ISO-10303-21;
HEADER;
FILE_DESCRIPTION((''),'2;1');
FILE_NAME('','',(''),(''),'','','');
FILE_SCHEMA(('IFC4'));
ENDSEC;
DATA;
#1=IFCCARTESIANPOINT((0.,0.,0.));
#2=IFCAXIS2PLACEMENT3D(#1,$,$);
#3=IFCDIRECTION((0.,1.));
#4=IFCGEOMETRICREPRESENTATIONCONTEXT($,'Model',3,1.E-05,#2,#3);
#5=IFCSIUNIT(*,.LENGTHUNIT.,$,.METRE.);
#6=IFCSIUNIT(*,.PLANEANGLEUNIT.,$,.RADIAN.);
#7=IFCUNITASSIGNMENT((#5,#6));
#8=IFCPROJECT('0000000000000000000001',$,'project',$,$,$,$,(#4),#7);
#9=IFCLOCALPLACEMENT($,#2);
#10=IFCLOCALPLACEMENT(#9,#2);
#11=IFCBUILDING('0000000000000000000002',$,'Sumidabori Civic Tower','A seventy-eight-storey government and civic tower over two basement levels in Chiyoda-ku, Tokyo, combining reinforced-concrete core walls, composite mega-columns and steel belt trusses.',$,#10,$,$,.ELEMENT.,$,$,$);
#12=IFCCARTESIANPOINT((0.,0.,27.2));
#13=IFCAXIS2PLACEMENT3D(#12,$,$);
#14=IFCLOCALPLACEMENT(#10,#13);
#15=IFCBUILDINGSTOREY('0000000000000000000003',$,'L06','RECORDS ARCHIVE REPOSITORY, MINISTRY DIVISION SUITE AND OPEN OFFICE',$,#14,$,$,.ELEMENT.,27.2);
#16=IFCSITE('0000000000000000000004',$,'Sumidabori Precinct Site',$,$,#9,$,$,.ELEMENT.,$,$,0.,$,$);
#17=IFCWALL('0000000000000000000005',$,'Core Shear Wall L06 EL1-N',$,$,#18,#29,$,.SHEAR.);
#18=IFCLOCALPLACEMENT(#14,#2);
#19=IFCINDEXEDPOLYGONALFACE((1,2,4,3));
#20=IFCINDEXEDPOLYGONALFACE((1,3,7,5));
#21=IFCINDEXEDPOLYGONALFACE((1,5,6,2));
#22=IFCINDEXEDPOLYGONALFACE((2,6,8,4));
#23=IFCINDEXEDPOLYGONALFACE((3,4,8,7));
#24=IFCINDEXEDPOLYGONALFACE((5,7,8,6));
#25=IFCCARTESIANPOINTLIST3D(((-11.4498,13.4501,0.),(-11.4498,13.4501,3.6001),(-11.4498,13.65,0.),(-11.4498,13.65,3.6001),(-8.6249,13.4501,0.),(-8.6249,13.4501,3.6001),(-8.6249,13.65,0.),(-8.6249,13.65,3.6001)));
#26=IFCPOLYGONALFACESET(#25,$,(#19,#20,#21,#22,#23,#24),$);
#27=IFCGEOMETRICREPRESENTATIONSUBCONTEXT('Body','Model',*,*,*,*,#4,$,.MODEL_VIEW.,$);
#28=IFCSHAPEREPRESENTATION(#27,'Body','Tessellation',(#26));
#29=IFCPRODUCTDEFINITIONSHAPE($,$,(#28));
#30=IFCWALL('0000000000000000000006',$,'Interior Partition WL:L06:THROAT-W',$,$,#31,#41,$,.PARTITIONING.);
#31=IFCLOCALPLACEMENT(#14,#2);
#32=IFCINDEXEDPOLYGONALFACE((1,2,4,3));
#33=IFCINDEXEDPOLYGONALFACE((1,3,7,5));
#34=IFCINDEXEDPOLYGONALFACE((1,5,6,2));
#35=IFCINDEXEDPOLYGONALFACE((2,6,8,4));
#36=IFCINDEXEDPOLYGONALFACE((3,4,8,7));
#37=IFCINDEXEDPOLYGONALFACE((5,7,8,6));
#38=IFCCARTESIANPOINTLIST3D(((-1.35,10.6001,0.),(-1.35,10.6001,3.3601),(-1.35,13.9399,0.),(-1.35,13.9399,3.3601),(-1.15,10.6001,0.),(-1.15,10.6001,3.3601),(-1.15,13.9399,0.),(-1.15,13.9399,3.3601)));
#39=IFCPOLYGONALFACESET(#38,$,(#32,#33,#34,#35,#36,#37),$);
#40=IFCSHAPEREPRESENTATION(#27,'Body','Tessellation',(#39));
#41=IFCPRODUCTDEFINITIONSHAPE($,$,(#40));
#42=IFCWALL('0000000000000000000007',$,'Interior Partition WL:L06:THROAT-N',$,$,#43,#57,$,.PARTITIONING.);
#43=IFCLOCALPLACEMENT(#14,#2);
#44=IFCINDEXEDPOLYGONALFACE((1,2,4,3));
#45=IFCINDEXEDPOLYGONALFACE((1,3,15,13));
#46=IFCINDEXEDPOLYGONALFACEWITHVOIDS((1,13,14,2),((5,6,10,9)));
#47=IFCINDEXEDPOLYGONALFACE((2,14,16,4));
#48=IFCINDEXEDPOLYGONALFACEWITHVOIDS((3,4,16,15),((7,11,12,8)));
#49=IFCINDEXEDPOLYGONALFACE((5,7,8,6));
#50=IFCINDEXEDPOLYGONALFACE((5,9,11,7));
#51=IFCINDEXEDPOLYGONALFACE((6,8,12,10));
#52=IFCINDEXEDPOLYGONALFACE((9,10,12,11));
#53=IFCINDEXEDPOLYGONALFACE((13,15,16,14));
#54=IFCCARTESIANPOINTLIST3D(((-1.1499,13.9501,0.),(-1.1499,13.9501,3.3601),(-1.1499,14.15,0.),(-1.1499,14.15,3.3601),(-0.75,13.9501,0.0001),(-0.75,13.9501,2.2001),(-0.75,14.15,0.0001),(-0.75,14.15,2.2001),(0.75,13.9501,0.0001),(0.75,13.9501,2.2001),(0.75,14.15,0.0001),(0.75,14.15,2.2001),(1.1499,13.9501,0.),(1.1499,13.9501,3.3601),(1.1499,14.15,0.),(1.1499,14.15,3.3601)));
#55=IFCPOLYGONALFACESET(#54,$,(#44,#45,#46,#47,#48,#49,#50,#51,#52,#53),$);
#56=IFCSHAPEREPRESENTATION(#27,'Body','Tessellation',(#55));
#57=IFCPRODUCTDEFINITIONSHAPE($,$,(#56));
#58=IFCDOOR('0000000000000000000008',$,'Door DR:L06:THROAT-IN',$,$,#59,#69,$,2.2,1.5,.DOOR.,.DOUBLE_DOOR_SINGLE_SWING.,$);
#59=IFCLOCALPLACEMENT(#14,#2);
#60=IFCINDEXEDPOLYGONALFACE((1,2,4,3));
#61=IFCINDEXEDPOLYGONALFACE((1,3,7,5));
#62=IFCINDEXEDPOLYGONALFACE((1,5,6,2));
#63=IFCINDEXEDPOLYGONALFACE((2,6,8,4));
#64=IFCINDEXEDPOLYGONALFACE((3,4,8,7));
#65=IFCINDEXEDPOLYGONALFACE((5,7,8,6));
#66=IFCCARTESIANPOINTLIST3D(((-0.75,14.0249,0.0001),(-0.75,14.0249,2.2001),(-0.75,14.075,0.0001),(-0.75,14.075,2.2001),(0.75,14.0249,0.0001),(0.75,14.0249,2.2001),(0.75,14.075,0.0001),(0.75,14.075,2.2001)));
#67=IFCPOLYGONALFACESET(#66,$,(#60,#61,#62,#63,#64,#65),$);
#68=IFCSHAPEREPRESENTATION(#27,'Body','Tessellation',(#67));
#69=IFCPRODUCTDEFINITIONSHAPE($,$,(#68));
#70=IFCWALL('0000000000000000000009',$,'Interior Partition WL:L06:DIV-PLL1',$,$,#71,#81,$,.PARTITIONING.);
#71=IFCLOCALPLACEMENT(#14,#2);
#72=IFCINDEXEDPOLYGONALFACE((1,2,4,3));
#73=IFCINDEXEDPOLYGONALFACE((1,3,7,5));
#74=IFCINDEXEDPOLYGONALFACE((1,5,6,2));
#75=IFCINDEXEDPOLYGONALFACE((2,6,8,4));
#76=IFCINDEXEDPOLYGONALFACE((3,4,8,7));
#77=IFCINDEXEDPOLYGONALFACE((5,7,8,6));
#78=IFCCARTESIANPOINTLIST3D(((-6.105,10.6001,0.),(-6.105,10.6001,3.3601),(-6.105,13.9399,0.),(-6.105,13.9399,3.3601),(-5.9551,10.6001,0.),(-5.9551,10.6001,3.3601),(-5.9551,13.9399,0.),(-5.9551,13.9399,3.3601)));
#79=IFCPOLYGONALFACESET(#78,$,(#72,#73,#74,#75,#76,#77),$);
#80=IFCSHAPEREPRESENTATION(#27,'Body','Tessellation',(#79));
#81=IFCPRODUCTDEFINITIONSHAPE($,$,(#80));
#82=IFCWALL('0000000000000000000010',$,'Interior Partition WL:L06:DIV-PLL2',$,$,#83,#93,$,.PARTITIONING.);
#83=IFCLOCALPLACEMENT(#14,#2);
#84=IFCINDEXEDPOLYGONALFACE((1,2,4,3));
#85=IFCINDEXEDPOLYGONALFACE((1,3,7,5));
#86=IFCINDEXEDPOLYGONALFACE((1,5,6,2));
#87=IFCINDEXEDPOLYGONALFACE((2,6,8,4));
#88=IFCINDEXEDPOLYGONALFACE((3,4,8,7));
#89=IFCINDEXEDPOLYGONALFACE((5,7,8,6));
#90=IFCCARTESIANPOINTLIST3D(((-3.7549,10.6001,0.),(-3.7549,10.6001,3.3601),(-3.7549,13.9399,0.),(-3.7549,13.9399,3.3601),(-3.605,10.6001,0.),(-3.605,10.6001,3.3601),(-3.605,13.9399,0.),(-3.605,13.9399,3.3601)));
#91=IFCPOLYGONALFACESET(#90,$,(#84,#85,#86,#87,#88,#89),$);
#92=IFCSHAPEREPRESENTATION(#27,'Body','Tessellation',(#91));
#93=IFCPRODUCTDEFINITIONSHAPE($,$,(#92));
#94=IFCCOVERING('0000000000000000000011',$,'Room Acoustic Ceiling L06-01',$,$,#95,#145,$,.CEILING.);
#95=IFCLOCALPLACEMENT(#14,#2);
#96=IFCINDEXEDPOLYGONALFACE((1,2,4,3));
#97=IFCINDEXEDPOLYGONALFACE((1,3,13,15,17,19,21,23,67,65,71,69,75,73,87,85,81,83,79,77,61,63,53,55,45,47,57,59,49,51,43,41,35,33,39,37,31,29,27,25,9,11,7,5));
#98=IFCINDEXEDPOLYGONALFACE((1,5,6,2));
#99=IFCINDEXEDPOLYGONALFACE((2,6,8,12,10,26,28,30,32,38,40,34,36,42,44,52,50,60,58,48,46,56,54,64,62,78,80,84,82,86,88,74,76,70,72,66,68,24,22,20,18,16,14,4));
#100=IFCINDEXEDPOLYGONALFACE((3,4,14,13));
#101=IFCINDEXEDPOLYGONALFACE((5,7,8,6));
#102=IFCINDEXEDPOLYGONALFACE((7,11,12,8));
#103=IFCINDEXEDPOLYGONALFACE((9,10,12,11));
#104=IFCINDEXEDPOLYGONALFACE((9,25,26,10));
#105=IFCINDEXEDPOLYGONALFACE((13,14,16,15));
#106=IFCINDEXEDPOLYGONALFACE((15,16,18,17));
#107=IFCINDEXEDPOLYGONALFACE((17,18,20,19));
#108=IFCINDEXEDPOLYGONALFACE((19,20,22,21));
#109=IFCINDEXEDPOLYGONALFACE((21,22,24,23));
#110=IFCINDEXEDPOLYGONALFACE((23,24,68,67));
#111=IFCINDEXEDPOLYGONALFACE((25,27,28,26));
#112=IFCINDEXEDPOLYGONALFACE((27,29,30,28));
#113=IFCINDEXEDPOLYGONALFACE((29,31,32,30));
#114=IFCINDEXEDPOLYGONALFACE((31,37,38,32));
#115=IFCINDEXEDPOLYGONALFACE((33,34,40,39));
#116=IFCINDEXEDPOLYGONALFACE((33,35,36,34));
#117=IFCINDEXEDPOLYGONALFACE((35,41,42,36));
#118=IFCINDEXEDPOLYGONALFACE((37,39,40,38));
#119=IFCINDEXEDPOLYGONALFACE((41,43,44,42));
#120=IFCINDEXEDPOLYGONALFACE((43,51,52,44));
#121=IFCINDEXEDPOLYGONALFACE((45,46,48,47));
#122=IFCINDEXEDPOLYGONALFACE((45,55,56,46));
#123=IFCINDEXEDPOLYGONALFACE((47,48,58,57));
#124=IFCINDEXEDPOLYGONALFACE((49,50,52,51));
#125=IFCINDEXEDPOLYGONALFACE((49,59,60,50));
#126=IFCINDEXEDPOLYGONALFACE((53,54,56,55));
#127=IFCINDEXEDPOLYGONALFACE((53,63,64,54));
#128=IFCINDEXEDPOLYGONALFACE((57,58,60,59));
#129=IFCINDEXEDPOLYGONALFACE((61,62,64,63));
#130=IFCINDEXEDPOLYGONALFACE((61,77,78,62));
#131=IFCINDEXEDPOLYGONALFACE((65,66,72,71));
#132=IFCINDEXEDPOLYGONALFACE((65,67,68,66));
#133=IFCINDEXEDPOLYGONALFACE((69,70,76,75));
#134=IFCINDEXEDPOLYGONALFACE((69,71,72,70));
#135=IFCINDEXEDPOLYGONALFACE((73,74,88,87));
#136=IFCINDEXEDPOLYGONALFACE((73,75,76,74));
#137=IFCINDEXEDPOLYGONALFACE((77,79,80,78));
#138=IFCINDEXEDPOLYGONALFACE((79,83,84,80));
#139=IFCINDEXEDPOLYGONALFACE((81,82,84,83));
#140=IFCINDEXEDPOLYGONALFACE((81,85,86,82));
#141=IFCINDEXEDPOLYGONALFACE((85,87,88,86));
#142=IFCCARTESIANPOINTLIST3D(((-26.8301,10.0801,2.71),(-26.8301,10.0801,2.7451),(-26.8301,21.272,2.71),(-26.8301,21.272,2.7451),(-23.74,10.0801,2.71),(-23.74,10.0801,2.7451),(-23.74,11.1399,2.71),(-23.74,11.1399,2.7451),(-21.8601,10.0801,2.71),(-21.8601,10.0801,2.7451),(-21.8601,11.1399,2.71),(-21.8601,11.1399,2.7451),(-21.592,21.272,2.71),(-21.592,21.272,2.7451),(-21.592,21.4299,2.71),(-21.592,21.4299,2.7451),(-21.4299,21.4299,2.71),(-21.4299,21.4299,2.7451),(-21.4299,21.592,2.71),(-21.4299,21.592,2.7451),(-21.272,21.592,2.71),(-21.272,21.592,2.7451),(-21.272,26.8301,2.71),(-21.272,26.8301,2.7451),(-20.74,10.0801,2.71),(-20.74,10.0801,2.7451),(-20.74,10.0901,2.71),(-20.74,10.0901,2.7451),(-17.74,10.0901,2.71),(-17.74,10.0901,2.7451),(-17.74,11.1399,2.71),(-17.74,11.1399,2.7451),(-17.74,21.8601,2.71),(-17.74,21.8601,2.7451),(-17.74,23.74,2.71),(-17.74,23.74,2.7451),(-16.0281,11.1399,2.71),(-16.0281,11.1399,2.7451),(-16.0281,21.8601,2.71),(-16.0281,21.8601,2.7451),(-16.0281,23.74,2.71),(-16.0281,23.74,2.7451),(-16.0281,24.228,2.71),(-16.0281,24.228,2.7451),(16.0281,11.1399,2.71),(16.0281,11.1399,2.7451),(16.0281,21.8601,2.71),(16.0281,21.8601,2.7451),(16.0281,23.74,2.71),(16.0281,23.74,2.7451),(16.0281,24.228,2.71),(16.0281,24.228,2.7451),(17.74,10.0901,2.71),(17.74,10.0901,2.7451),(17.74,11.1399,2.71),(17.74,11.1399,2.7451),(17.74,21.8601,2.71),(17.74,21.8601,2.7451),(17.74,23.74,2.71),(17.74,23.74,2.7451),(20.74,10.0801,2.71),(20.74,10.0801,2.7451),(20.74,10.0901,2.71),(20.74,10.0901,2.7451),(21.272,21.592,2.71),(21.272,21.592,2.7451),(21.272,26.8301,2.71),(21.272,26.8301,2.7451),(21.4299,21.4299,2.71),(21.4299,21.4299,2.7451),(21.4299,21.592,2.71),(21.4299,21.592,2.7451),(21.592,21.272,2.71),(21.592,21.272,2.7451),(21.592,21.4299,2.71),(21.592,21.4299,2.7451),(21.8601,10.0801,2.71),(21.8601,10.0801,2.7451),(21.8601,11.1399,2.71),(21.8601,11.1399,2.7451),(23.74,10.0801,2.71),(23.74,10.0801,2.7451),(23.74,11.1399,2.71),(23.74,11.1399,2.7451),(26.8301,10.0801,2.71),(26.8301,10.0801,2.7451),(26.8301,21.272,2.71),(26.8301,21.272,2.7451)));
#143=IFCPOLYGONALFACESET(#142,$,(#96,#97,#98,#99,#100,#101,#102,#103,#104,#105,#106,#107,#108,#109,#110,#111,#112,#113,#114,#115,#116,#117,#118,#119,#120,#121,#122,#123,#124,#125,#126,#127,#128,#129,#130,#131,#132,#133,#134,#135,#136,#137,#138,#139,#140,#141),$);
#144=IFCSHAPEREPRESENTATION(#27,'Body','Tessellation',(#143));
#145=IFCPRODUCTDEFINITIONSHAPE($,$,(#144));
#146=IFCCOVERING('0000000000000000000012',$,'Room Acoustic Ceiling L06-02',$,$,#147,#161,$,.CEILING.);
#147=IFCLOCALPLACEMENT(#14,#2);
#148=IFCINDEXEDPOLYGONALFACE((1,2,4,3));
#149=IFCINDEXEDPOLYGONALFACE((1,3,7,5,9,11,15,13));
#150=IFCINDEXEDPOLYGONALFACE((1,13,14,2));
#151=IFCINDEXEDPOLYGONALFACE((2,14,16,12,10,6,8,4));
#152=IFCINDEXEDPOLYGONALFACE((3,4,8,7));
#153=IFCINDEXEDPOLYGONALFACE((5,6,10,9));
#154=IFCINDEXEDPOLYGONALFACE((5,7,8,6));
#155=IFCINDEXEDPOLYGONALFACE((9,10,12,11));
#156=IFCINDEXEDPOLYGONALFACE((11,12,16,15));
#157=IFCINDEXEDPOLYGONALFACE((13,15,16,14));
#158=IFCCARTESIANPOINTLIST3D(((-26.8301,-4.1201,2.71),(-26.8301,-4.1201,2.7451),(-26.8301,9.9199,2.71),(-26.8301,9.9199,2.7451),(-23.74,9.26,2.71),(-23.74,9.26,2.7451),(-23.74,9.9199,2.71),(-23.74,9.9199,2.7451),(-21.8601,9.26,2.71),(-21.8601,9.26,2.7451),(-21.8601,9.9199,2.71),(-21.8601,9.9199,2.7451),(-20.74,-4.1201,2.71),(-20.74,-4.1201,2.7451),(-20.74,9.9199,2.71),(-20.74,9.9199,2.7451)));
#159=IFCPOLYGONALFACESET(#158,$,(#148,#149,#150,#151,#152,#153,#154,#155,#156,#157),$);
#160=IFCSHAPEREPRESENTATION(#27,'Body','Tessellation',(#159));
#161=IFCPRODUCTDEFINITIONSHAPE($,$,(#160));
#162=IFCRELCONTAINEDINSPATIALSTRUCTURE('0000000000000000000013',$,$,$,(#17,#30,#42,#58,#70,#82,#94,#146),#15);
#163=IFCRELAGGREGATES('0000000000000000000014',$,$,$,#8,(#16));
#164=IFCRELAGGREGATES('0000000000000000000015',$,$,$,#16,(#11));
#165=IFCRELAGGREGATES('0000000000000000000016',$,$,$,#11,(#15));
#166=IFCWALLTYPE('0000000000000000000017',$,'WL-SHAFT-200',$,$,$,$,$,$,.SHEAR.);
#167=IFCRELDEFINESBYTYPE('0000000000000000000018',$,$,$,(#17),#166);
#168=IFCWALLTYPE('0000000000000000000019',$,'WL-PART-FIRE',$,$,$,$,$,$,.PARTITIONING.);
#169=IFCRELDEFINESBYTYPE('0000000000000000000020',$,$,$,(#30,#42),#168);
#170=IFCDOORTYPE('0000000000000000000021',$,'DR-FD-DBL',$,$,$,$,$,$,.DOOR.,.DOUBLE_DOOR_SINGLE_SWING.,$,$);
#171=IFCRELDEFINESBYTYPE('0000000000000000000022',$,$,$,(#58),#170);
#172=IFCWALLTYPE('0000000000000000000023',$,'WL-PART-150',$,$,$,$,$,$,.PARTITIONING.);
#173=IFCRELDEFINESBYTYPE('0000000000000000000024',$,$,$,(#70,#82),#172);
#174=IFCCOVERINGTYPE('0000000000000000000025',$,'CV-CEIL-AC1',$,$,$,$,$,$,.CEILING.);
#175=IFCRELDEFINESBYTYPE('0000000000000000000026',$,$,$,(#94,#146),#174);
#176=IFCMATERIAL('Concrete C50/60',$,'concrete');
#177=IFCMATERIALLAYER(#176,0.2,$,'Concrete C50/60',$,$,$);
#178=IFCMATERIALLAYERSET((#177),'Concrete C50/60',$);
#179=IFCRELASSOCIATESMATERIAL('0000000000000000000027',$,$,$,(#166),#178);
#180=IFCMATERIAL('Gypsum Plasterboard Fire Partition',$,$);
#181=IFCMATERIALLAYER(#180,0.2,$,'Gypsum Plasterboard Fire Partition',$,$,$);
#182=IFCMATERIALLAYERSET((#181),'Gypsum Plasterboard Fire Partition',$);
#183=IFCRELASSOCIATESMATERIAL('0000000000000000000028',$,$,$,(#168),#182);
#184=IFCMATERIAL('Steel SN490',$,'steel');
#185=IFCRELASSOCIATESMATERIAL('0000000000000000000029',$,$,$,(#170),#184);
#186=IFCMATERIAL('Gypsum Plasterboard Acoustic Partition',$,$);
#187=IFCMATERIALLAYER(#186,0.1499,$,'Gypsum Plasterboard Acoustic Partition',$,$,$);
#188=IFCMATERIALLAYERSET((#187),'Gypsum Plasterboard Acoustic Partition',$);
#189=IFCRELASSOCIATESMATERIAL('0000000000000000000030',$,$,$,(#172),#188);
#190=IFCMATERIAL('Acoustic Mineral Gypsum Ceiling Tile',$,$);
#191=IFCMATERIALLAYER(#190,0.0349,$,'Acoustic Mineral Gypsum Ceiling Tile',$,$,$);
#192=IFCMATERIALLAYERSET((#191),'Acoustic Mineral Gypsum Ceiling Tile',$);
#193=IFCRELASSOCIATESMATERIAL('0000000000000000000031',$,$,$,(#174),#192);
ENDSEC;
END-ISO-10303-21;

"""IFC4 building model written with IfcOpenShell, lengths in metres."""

from ifc_helpers import new_model, si_unit, direction, frame, frame_2d, origin, place, context, subcontext, project, spatial, polyline, rectangle, outline, extrude, source, transform, mapped, material, layer, layer_set, type_object, element, fill, save


model = new_model("IFC4")

# Units and contexts
model_context = context("Model", 3, precision=1e-05, world=origin(), true_north=direction((0.0, 1.0)))
body_context = subcontext(model_context, "Body", "Model", "MODEL_VIEW")
ifc_project = project(units=[si_unit("LENGTHUNIT", "METRE"), si_unit("PLANEANGLEUNIT", "RADIAN")], contexts=[model_context])

# Site, building, storey
site_placement = place(None, origin())
site = spatial("IfcSite", under=ifc_project, at=site_placement, Name="Sumidabori Precinct Site", CompositionType="ELEMENT", RefElevation=0.0)
building_placement = place(site_placement, origin())
building = spatial("IfcBuilding", under=site, at=building_placement, Name="Sumidabori Civic Tower", Description="A seventy-eight-storey government and civic tower over two basement levels in Chiyoda-ku, Tokyo, combining reinforced-concrete core walls, composite mega-columns and steel belt trusses.", CompositionType="ELEMENT")
storey_placement = place(building_placement, frame((0.0, 0.0, 27.2)))
storey = spatial("IfcBuildingStorey", under=building, at=storey_placement, Name="L06", Description="RECORDS ARCHIVE REPOSITORY, MINISTRY DIVISION SUITE AND OPEN OFFICE", CompositionType="ELEMENT", Elevation=27.2)

# Shared definitions
ifc_material_1 = material(Name="Concrete C50/60", Category="concrete")

# Shared definitions
ifc_material_2 = material(Name="Steel SN490", Category="steel")

# Shared definitions
ifc_layer_1 = layer(ifc_material_1, 0.2, Name="Concrete C50/60")
ifc_layer_set_1 = layer_set([ifc_layer_1], Name="Concrete C50/60")
wall_type_1 = type_object("IfcWallType", Name="WL-SHAFT-200", PredefinedType="SHEAR", material=ifc_layer_set_1)

# Wall
shared_shape_1 = source(origin(), body_context, "Body", "SweptSolid", [
    extrude(rectangle(XDim=2.825, YDim=0.2, at=frame_2d((1.4126, 0.0))), origin(), (0.0, 0.0, 1.0), 3.6001),
])
wall_1_placement = place(storey_placement, frame((-11.45, 13.55, 0.0), z_axis=(0.0, 0.0, 1.0), x_axis=(1.0, 0.0, 0.0)))
element("IfcWall", 1, at=wall_1_placement, inside=storey, type_object=wall_type_1, Name="Core Shear Wall L06 EL1-N", PredefinedType="SHEAR", context=body_context, shape_type="MappedRepresentation", body=[
    mapped(shared_shape_1, transform((0.0, 0.0, 0.0), x_axis=(1.0, 0.0, 0.0), y_axis=(0.0, 1.0, 0.0), z_axis=(0.0, 0.0, 1.0), scale=1.0)),
])

# Shared definitions
ifc_material_3 = material(Name="Gypsum Plasterboard Fire Partition")
ifc_layer_2 = layer(ifc_material_3, 0.2, Name="Gypsum Plasterboard Fire Partition")
ifc_layer_set_2 = layer_set([ifc_layer_2], Name="Gypsum Plasterboard Fire Partition")
wall_type_2 = type_object("IfcWallType", Name="WL-PART-FIRE", PredefinedType="PARTITIONING", material=ifc_layer_set_2)

# Wall
shared_shape_2 = source(origin(), body_context, "Body", "SweptSolid", [
    extrude(rectangle(XDim=3.3398, YDim=0.2, at=frame_2d((1.6699, 0.0))), origin(), (0.0, 0.0, 1.0), 3.3601),
])
wall_2_placement = place(storey_placement, frame((-1.25, 10.6001, 0.0), z_axis=(0.0, 0.0, 1.0), x_axis=(0.0, 1.0, 0.0)))
element("IfcWall", 2, at=wall_2_placement, inside=storey, type_object=wall_type_2, Name="Interior Partition WL:L06:THROAT-W", PredefinedType="PARTITIONING", context=body_context, shape_type="MappedRepresentation", body=[
    mapped(shared_shape_2, transform((0.0, 0.0, 0.0), x_axis=(1.0, 0.0, 0.0), y_axis=(0.0, 1.0, 0.0), z_axis=(0.0, 0.0, 1.0), scale=1.0)),
])

# Wall, opening, door
shared_shape_3 = source(origin(), body_context, "Body", "SweptSolid", [
    extrude(rectangle(XDim=2.2998, YDim=0.2, at=frame_2d((1.1499, 0.0))), origin(), (0.0, 0.0, 1.0), 3.3601),
])
wall_3_placement = place(storey_placement, frame((-1.1499, 14.05, 0.0), z_axis=(0.0, 0.0, 1.0), x_axis=(1.0, 0.0, 0.0)))
wall_3 = element("IfcWall", 3, at=wall_3_placement, inside=storey, type_object=wall_type_2, Name="Interior Partition WL:L06:THROAT-N", PredefinedType="PARTITIONING", context=body_context, shape_type="MappedRepresentation", body=[
    mapped(shared_shape_3, transform((0.0, 0.0, 0.0), x_axis=(1.0, 0.0, 0.0), y_axis=(0.0, 1.0, 0.0), z_axis=(0.0, 0.0, 1.0), scale=1.0)),
])
opening_1_placement = place(wall_3_placement, frame((0.3999, 0.0, 0.0)))
opening_1 = element("IfcOpeningElement", 4, at=opening_1_placement, cuts=wall_3, PredefinedType="OPENING", context=body_context, shape_type="SweptSolid", body=[
    extrude(rectangle(XDim=1.5, YDim=2.2, at=frame_2d((0.75, 1.1001))), frame((0.0, 0.1118, 0.0), z_axis=(0.0, -1.0, 0.0), x_axis=(1.0, 0.0, 0.0)), (0.0, 0.0, 1.0), 0.2239),
])
door_type_1 = type_object("IfcDoorType", Name="DR-FD-DBL", OperationType="DOUBLE_DOOR_SINGLE_SWING", PredefinedType="DOOR", material=ifc_material_2)
shared_shape_4 = source(origin(), body_context, "Body", "SweptSolid", [
    extrude(rectangle(XDim=1.5, YDim=2.2, at=frame_2d((0.75, 1.1001))), frame((0.0, 0.0249, 0.0), z_axis=(0.0, -1.0, 0.0), x_axis=(1.0, 0.0, 0.0)), (0.0, 0.0, 1.0), 0.05),
])
door_1_placement = place(opening_1_placement, origin())
door_1 = element("IfcDoor", 5, at=door_1_placement, inside=storey, type_object=door_type_1, Name="Door DR:L06:THROAT-IN", OperationType="DOUBLE_DOOR_SINGLE_SWING", OverallHeight=2.2, OverallWidth=1.5, PredefinedType="DOOR", context=body_context, shape_type="MappedRepresentation", body=[
    mapped(shared_shape_4, transform((0.0, 0.0, 0.0), x_axis=(1.0, 0.0, 0.0), y_axis=(0.0, 1.0, 0.0), z_axis=(0.0, 0.0, 1.0), scale=1.0)),
])
fill(opening_1, door_1)

# Walls
ifc_material_4 = material(Name="Gypsum Plasterboard Acoustic Partition")
ifc_layer_3 = layer(ifc_material_4, 0.1499, Name="Gypsum Plasterboard Acoustic Partition")
ifc_layer_set_3 = layer_set([ifc_layer_3], Name="Gypsum Plasterboard Acoustic Partition")
wall_type_3 = type_object("IfcWallType", Name="WL-PART-150", PredefinedType="PARTITIONING", material=ifc_layer_set_3)
shared_shape_5 = source(origin(), body_context, "Body", "SweptSolid", [
    extrude(rectangle(XDim=3.3398, YDim=0.1499, at=frame_2d((1.6699, 0.0))), origin(), (0.0, 0.0, 1.0), 3.3601),
])
for number, where, z_axis, x_axis, name in (
    (6, (-6.03, 10.6001, 0.0), (0.0, 0.0, 1.0), (0.0, 1.0, 0.0), "Interior Partition WL:L06:DIV-PLL1"),
    (7, (-3.6799, 10.6001, 0.0), (0.0, 0.0, 1.0), (0.0, 1.0, 0.0), "Interior Partition WL:L06:DIV-PLL2"),
):
    element("IfcWall", number, at=place(storey_placement, frame(where, z_axis=z_axis, x_axis=x_axis)), inside=storey, type_object=wall_type_3, Name=name, PredefinedType="PARTITIONING", context=body_context, shape_type="MappedRepresentation", body=[
        mapped(shared_shape_5, transform((0.0, 0.0, 0.0), x_axis=(1.0, 0.0, 0.0), y_axis=(0.0, 1.0, 0.0), z_axis=(0.0, 0.0, 1.0), scale=1.0)),
    ])

# Coverings
ifc_material_5 = material(Name="Acoustic Mineral Gypsum Ceiling Tile")
ifc_layer_4 = layer(ifc_material_5, 0.0349, Name="Acoustic Mineral Gypsum Ceiling Tile")
ifc_layer_set_4 = layer_set([ifc_layer_4], Name="Acoustic Mineral Gypsum Ceiling Tile")
covering_type_1 = type_object("IfcCoveringType", Name="CV-CEIL-AC1", PredefinedType="CEILING", material=ifc_layer_set_4)
covering_1_placement = place(storey_placement, frame((0.0, 0.0, 2.71)))
element("IfcCovering", 8, at=covering_1_placement, inside=storey, type_object=covering_type_1, Name="Room Acoustic Ceiling L06-01", PredefinedType="CEILING", context=body_context, shape_type="SweptSolid", body=[
    extrude(outline(polyline([(-21.8601, 11.1399), (-23.74, 11.1399), (-23.74, 10.0801), (-26.8301, 10.0801), (-26.8301, 21.272), (-21.592, 21.272), (-21.592, 21.4299), (-21.4299, 21.4299), (-21.4299, 21.592), (-21.272, 21.592), (-21.272, 26.8301), (21.272, 26.8301), (21.272, 21.592), (21.4299, 21.592), (21.4299, 21.4299), (21.592, 21.4299), (21.592, 21.272), (26.8301, 21.272), (26.8301, 10.0801), (23.74, 10.0801), (23.74, 11.1399), (21.8601, 11.1399), (21.8601, 10.0801), (20.74, 10.0801), (20.74, 10.0901), (17.74, 10.0901), (17.74, 11.1399), (16.0281, 11.1399), (16.0281, 21.8601), (17.74, 21.8601), (17.74, 23.74), (16.0281, 23.74), (16.0281, 24.228), (-16.0281, 24.228), (-16.0281, 23.74), (-17.74, 23.74), (-17.74, 21.8601), (-16.0281, 21.8601), (-16.0281, 11.1399), (-17.74, 11.1399), (-17.74, 10.0901), (-20.74, 10.0901), (-20.74, 10.0801), (-21.8601, 10.0801), (-21.8601, 11.1399)])), origin(), (0.0, 0.0, 1.0), 0.0352),
])
covering_2_placement = place(storey_placement, frame((0.0, 0.0, 2.71)))
element("IfcCovering", 9, at=covering_2_placement, inside=storey, type_object=covering_type_1, Name="Room Acoustic Ceiling L06-02", PredefinedType="CEILING", context=body_context, shape_type="SweptSolid", body=[
    extrude(outline(polyline([(-26.8301, -4.1201), (-26.8301, 9.9199), (-23.74, 9.9199), (-23.74, 9.26), (-21.8601, 9.26), (-21.8601, 9.9199), (-20.74, 9.9199), (-20.74, -4.1201), (-26.8301, -4.1201)])), origin(), (0.0, 0.0, 1.0), 0.0352),
])

save(model, "model.ifc")
